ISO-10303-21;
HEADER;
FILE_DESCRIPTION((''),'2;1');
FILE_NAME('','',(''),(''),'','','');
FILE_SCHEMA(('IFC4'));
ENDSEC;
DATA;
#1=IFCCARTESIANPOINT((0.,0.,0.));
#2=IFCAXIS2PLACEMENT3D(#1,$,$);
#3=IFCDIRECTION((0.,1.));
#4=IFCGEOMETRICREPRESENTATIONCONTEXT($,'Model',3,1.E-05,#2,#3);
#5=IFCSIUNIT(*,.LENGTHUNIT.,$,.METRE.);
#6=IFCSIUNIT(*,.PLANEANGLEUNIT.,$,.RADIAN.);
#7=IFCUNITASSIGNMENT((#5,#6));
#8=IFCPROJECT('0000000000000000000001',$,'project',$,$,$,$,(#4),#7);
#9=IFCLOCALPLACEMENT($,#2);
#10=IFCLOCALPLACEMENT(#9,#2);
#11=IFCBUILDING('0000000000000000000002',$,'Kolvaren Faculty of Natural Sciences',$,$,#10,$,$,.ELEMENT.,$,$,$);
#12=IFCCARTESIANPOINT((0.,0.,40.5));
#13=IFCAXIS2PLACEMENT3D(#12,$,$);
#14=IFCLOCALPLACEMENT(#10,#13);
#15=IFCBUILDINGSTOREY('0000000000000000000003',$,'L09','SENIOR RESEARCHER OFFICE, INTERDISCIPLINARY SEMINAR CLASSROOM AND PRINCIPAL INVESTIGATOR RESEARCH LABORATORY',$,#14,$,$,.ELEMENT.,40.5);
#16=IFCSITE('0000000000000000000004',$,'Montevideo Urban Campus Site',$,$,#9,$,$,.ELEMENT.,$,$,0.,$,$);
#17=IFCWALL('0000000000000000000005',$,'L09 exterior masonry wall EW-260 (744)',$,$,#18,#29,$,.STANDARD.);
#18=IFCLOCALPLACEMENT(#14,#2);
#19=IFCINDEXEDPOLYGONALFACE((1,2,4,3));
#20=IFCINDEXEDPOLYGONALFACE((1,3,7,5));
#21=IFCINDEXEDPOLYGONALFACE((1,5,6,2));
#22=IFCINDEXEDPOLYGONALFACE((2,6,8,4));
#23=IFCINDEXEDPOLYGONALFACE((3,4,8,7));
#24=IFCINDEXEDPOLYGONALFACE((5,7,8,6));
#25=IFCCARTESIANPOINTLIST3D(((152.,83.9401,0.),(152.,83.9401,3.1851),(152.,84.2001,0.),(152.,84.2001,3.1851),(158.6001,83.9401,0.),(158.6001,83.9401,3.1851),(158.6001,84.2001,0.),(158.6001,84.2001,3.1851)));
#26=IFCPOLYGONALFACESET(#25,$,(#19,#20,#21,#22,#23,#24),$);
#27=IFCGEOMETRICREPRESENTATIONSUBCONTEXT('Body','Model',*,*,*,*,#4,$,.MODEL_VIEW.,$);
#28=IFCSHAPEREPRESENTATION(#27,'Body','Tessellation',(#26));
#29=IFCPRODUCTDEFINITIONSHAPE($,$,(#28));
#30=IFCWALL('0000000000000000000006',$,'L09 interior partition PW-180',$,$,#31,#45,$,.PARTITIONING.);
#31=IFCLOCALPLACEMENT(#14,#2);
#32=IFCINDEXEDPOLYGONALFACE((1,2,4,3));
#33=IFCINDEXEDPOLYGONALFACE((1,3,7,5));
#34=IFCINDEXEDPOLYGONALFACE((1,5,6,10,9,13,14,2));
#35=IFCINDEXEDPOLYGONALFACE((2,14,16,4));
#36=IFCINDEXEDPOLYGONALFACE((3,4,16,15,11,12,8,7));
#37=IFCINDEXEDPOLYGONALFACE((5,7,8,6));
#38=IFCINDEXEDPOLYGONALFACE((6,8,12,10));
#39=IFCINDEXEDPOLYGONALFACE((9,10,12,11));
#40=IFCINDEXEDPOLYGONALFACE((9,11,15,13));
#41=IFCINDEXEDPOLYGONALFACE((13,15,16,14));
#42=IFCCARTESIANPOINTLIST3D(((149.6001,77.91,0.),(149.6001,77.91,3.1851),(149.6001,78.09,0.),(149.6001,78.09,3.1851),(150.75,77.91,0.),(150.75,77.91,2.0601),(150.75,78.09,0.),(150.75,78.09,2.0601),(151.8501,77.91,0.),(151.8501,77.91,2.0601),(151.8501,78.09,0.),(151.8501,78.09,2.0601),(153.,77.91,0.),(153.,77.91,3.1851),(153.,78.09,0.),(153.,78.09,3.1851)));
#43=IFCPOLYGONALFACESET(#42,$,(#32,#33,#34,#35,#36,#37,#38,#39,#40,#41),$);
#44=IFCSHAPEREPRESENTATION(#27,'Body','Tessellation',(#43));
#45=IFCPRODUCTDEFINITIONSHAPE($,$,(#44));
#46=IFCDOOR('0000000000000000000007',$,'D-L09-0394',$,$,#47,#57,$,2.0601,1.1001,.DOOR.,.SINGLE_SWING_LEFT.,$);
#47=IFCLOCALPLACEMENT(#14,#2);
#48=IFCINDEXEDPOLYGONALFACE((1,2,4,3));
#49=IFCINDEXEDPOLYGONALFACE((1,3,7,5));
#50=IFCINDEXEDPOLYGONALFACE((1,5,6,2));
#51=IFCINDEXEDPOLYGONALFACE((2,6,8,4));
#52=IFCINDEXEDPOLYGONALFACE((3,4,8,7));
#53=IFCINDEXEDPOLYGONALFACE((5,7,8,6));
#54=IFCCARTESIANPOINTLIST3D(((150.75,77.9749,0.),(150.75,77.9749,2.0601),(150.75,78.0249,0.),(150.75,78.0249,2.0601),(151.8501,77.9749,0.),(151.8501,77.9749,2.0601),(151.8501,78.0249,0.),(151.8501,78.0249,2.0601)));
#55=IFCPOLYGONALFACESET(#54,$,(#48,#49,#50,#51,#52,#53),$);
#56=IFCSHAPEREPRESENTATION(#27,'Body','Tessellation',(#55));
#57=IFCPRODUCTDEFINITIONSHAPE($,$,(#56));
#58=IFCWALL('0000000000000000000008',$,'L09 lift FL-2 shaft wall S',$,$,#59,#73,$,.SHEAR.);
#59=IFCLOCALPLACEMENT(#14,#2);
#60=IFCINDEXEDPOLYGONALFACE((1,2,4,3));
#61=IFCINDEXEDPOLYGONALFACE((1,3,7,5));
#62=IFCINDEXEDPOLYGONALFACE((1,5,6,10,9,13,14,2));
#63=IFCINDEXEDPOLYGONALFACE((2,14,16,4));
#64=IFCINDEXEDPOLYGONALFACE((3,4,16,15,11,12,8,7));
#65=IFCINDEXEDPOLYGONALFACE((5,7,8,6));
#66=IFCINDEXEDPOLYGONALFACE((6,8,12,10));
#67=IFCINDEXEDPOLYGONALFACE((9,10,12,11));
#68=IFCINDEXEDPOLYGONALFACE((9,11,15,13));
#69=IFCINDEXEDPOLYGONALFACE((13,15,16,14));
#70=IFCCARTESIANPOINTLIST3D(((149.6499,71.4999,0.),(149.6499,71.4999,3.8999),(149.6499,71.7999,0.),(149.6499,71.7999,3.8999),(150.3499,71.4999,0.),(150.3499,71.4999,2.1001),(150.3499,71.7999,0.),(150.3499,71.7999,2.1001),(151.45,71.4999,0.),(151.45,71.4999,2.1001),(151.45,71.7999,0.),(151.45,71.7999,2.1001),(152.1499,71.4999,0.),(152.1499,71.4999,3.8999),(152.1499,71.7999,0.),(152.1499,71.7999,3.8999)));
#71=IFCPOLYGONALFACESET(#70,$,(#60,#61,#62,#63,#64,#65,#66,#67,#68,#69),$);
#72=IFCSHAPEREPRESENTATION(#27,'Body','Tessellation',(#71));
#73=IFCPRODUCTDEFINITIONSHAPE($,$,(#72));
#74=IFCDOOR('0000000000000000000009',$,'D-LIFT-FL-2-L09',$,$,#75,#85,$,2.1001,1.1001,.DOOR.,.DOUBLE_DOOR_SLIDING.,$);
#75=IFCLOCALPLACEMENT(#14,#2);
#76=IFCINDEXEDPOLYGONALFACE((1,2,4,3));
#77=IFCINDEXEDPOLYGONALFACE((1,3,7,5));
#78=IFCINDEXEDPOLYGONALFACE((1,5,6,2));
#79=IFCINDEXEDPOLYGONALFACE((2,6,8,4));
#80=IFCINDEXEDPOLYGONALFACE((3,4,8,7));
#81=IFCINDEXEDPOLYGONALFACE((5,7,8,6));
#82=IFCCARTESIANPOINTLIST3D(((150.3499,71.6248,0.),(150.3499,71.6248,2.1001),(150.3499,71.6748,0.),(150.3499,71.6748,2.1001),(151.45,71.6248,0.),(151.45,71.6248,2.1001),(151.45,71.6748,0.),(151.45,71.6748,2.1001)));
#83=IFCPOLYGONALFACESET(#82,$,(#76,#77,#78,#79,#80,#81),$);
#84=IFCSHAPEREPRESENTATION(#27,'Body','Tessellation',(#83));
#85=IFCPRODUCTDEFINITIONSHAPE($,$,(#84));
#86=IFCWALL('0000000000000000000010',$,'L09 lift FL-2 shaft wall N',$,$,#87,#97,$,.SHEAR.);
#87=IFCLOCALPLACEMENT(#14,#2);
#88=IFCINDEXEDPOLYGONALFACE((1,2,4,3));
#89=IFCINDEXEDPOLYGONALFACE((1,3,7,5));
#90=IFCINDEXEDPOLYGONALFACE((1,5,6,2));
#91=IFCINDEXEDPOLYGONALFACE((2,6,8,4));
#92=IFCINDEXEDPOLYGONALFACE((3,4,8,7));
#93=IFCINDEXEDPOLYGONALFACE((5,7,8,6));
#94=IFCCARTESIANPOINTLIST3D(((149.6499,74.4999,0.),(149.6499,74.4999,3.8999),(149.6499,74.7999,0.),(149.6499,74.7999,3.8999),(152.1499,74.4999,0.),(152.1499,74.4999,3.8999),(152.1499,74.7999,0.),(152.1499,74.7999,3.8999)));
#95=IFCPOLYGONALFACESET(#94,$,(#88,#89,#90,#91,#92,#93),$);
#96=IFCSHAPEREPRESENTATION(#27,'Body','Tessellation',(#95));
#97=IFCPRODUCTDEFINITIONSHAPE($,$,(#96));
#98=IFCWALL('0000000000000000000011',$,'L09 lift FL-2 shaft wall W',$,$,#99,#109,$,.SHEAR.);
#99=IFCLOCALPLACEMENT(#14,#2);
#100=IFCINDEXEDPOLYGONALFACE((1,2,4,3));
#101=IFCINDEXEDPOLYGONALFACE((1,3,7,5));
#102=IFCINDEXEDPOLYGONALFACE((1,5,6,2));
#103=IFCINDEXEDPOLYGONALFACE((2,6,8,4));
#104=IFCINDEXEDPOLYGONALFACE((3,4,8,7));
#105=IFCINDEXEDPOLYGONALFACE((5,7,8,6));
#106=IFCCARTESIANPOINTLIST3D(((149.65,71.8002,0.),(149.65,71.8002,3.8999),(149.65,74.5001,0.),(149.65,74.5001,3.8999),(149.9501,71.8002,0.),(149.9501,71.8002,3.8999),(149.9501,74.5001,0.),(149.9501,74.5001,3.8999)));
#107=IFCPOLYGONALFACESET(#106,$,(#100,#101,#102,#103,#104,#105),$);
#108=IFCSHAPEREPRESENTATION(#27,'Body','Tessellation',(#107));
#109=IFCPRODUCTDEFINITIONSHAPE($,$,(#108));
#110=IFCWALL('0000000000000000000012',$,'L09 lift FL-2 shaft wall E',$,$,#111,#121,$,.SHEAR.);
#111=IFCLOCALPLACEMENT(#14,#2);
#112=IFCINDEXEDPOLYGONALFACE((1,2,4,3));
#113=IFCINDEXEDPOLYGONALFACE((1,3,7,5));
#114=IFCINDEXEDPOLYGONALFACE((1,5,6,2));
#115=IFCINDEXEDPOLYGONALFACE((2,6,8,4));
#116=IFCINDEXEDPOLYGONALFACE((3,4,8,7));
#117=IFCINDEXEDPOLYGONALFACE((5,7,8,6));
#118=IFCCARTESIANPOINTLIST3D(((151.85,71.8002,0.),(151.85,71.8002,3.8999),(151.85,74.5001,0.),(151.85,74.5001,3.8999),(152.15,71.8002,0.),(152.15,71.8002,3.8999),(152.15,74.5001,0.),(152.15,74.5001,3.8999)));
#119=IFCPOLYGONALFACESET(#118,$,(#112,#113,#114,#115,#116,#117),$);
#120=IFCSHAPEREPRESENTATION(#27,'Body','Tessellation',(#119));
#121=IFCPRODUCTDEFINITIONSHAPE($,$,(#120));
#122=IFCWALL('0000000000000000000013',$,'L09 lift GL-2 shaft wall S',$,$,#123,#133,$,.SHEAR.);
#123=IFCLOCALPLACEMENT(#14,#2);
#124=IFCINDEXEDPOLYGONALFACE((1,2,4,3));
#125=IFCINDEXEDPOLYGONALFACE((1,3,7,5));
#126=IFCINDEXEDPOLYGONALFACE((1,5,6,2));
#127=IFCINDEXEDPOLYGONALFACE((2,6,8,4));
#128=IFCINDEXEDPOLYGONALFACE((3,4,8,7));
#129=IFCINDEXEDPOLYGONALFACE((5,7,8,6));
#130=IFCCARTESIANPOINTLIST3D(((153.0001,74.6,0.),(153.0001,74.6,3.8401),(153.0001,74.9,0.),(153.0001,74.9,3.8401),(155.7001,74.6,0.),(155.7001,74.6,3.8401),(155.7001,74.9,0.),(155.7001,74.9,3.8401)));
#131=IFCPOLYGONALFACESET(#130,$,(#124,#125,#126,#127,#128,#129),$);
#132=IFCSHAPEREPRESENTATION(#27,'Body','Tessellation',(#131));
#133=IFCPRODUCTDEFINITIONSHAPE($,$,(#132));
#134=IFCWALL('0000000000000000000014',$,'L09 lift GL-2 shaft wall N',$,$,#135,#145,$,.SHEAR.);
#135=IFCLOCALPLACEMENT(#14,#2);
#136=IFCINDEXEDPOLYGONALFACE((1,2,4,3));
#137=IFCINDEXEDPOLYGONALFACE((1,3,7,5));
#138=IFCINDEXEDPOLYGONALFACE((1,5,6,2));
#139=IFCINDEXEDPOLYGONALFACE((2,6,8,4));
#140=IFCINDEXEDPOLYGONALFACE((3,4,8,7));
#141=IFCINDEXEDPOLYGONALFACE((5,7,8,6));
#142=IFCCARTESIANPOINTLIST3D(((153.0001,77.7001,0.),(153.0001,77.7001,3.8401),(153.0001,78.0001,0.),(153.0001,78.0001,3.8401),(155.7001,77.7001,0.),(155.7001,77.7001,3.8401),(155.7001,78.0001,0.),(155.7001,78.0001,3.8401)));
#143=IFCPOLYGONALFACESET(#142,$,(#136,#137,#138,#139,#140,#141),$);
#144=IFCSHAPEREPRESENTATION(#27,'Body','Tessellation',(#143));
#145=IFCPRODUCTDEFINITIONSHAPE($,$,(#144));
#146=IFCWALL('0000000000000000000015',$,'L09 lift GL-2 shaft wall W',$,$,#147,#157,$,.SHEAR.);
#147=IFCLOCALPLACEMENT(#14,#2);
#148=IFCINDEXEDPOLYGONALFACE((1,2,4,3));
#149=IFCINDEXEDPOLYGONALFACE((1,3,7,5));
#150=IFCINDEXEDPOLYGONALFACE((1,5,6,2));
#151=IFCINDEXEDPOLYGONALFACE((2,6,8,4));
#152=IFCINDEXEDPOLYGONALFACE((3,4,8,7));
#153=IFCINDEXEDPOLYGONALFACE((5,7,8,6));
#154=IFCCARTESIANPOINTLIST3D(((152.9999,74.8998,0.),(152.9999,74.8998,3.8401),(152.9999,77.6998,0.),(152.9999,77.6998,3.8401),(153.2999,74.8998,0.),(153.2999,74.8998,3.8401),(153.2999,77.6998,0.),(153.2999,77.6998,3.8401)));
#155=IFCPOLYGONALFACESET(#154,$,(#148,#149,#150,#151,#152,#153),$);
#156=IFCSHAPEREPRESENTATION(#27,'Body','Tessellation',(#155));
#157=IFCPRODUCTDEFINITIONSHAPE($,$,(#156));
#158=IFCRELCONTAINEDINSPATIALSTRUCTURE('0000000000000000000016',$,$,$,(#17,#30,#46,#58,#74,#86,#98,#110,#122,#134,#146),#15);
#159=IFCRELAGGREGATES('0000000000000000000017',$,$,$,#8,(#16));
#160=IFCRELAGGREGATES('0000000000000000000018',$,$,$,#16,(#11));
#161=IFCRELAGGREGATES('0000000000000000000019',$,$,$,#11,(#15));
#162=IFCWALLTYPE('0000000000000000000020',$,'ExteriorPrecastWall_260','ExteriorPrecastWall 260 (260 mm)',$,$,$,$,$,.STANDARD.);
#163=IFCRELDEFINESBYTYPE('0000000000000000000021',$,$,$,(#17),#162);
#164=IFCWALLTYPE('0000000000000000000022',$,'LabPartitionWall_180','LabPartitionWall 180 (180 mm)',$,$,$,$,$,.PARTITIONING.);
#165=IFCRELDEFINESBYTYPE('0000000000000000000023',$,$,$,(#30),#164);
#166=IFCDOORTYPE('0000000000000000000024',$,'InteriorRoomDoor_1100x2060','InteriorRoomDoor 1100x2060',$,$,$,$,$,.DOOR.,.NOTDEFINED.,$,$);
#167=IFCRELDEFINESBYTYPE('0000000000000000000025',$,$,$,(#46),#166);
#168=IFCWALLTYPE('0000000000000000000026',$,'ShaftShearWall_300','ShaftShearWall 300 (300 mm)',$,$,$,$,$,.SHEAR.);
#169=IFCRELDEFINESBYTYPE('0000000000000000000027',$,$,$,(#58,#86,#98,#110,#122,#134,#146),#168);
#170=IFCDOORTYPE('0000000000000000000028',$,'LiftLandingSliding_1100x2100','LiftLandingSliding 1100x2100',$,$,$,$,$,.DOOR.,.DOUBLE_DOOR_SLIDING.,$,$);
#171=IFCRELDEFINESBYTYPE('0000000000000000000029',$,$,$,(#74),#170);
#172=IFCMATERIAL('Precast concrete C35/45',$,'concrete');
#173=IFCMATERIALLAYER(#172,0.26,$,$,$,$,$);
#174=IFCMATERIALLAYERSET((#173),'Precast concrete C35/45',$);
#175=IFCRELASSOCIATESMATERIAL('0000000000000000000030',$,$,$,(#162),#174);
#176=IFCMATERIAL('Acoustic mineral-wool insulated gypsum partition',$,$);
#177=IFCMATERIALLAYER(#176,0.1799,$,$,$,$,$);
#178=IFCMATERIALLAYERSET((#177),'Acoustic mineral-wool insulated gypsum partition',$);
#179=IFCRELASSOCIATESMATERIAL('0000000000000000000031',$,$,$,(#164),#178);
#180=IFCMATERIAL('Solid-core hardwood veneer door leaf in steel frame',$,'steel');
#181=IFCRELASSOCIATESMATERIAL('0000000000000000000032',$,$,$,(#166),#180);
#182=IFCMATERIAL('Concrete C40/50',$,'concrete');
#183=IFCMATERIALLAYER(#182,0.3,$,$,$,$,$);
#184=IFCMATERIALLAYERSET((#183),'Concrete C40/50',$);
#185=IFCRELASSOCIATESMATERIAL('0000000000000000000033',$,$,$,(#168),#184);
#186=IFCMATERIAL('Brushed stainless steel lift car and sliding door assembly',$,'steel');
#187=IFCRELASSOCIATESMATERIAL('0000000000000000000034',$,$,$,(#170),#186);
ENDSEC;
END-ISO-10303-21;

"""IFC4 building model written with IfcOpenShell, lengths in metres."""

from ifc_helpers import new_model, si_unit, direction, frame, frame_2d, origin, place, context, subcontext, project, spatial, rectangle, extrude, material, layer, layer_set, type_object, element, fill, save


model = new_model("IFC4")

# Units and contexts
model_context = context("Model", 3, precision=1e-05, world=origin(), true_north=direction((0.0, 1.0)))
body_context = subcontext(model_context, "Body", "Model", "MODEL_VIEW")
ifc_project = project(units=[si_unit("LENGTHUNIT", "METRE"), si_unit("PLANEANGLEUNIT", "RADIAN")], contexts=[model_context])

# Site, building, storey
site_placement = place(None, origin())
site = spatial("IfcSite", under=ifc_project, at=site_placement, Name="Montevideo Urban Campus Site", CompositionType="ELEMENT", RefElevation=0.0)
building_placement = place(site_placement, origin())
building = spatial("IfcBuilding", under=site, at=building_placement, Name="Kolvaren Faculty of Natural Sciences", CompositionType="ELEMENT")
storey_placement = place(building_placement, frame((0.0, 0.0, 40.5)))
storey = spatial("IfcBuildingStorey", under=building, at=storey_placement, Name="L09", Description="SENIOR RESEARCHER OFFICE, INTERDISCIPLINARY SEMINAR CLASSROOM AND PRINCIPAL INVESTIGATOR RESEARCH LABORATORY", CompositionType="ELEMENT", Elevation=40.5)

# Shared definitions
ifc_material_1 = material(Name="Concrete C40/50", Category="concrete")

# Shared definitions
ifc_material_2 = material(Name="Acoustic mineral-wool insulated gypsum partition")

# Shared definitions
ifc_material_3 = material(Name="Solid-core hardwood veneer door leaf in steel frame", Category="steel")

# Wall
ifc_material_4 = material(Name="Precast concrete C35/45", Category="concrete")
ifc_layer_1 = layer(ifc_material_4, 0.26)
ifc_layer_set_1 = layer_set([ifc_layer_1], Name="Precast concrete C35/45")
wall_type_1 = type_object("IfcWallType", Name="ExteriorPrecastWall_260", Description="ExteriorPrecastWall 260 (260 mm)", PredefinedType="STANDARD", material=ifc_layer_set_1)
wall_1_placement = place(storey_placement, frame((152.0, 84.0701, 0.0), z_axis=(0.0, 0.0, 1.0), x_axis=(1.0, 0.0, 0.0)))
element("IfcWall", 1, at=wall_1_placement, inside=storey, type_object=wall_type_1, Name="L09 exterior masonry wall EW-260 (744)", PredefinedType="STANDARD", context=body_context, shape_type="SweptSolid", body=[
    extrude(rectangle(XDim=6.6001, YDim=0.26, at=frame_2d((3.3, 0.0))), origin(), (0.0, 0.0, 1.0), 3.1851),
])

# Walls, openings, doors
ifc_layer_2 = layer(ifc_material_2, 0.1799)
ifc_layer_set_2 = layer_set([ifc_layer_2], Name="Acoustic mineral-wool insulated gypsum partition")
wall_type_2 = type_object("IfcWallType", Name="LabPartitionWall_180", Description="LabPartitionWall 180 (180 mm)", PredefinedType="PARTITIONING", material=ifc_layer_set_2)
wall_2_placement = place(storey_placement, frame((149.6001, 78.0, 0.0), z_axis=(0.0, 0.0, 1.0), x_axis=(1.0, 0.0, 0.0)))
wall_2 = element("IfcWall", 2, at=wall_2_placement, inside=storey, type_object=wall_type_2, Name="L09 interior partition PW-180", PredefinedType="PARTITIONING", context=body_context, shape_type="SweptSolid", body=[
    extrude(rectangle(XDim=3.3999, YDim=0.1799, at=frame_2d((1.7, 0.0))), origin(), (0.0, 0.0, 1.0), 3.1851),
])
opening_1_placement = place(wall_2_placement, frame((1.1499, 0.0, 0.0)))
opening_1 = element("IfcOpeningElement", 3, at=opening_1_placement, cuts=wall_2, PredefinedType="OPENING", context=body_context, shape_type="SweptSolid", body=[
    extrude(rectangle(XDim=1.1001, YDim=2.0601, at=frame_2d((0.55, 1.03))), frame((0.0, 0.0999, 0.0), z_axis=(0.0, -1.0, 0.0), x_axis=(1.0, 0.0, 0.0)), (0.0, 0.0, 1.0), 0.2),
])
door_type_1 = type_object("IfcDoorType", Name="InteriorRoomDoor_1100x2060", Description="InteriorRoomDoor 1100x2060", OperationType="NOTDEFINED", PredefinedType="DOOR", material=ifc_material_3)
door_1_placement = place(opening_1_placement, origin())
door_1 = element("IfcDoor", 4, at=door_1_placement, inside=storey, type_object=door_type_1, Name="D-L09-0394", OperationType="SINGLE_SWING_LEFT", OverallHeight=2.0601, OverallWidth=1.1001, PredefinedType="DOOR", context=body_context, shape_type="SweptSolid", body=[
    extrude(rectangle(XDim=1.1001, YDim=2.0601, at=frame_2d((0.55, 1.03))), frame((0.0, 0.0249, 0.0), z_axis=(0.0, -1.0, 0.0), x_axis=(1.0, 0.0, 0.0)), (0.0, 0.0, 1.0), 0.05),
])
fill(opening_1, door_1)
ifc_layer_3 = layer(ifc_material_1, 0.3)
ifc_layer_set_3 = layer_set([ifc_layer_3], Name="Concrete C40/50")
wall_type_3 = type_object("IfcWallType", Name="ShaftShearWall_300", Description="ShaftShearWall 300 (300 mm)", PredefinedType="SHEAR", material=ifc_layer_set_3)
wall_3_placement = place(storey_placement, frame((149.6499, 71.6499, 0.0), z_axis=(0.0, 0.0, 1.0), x_axis=(1.0, 0.0, 0.0)))
wall_3 = element("IfcWall", 5, at=wall_3_placement, inside=storey, type_object=wall_type_3, Name="L09 lift FL-2 shaft wall S", PredefinedType="SHEAR", context=body_context, shape_type="SweptSolid", body=[
    extrude(rectangle(XDim=2.5, YDim=0.3, at=frame_2d((1.25, 0.0))), origin(), (0.0, 0.0, 1.0), 3.8999),
])
opening_2_placement = place(wall_3_placement, frame((0.7, 0.0, 0.0)))
opening_2 = element("IfcOpeningElement", 6, at=opening_2_placement, cuts=wall_3, PredefinedType="OPENING", context=body_context, shape_type="SweptSolid", body=[
    extrude(rectangle(XDim=1.1001, YDim=2.1001, at=frame_2d((0.55, 1.05))), frame((0.0, 0.1599, 0.0), z_axis=(0.0, -1.0, 0.0), x_axis=(1.0, 0.0, 0.0)), (0.0, 0.0, 1.0), 0.3201),
])
ifc_material_5 = material(Name="Brushed stainless steel lift car and sliding door assembly", Category="steel")
door_type_2 = type_object("IfcDoorType", Name="LiftLandingSliding_1100x2100", Description="LiftLandingSliding 1100x2100", OperationType="DOUBLE_DOOR_SLIDING", PredefinedType="DOOR", material=ifc_material_5)
door_2_placement = place(opening_2_placement, origin())
door_2 = element("IfcDoor", 7, at=door_2_placement, inside=storey, type_object=door_type_2, Name="D-LIFT-FL-2-L09", OperationType="DOUBLE_DOOR_SLIDING", OverallHeight=2.1001, OverallWidth=1.1001, PredefinedType="DOOR", context=body_context, shape_type="SweptSolid", body=[
    extrude(rectangle(XDim=1.1001, YDim=2.1001, at=frame_2d((0.55, 1.05))), frame((0.0, 0.0249, 0.0), z_axis=(0.0, -1.0, 0.0), x_axis=(1.0, 0.0, 0.0)), (0.0, 0.0, 1.0), 0.05),
])
fill(opening_2, door_2)

# Walls
wall_4_placement = place(storey_placement, frame((149.6499, 74.6499, 0.0), z_axis=(0.0, 0.0, 1.0), x_axis=(1.0, 0.0, 0.0)))
element("IfcWall", 8, at=wall_4_placement, inside=storey, type_object=wall_type_3, Name="L09 lift FL-2 shaft wall N", PredefinedType="SHEAR", context=body_context, shape_type="SweptSolid", body=[
    extrude(rectangle(XDim=2.5, YDim=0.3, at=frame_2d((1.25, 0.0))), origin(), (0.0, 0.0, 1.0), 3.8999),
])
for number, where, z_axis, x_axis, name in (
    (9, (149.8, 71.8, 0.0), (0.0, 0.0, 1.0), (0.0, 1.0, 0.0), "L09 lift FL-2 shaft wall W"),
    (10, (152.0, 71.8, 0.0), (0.0, 0.0, 1.0), (0.0, 1.0, 0.0), "L09 lift FL-2 shaft wall E"),
):
    element("IfcWall", number, at=place(storey_placement, frame(where, z_axis=z_axis, x_axis=x_axis)), inside=storey, type_object=wall_type_3, Name=name, PredefinedType="SHEAR", context=body_context, shape_type="SweptSolid", body=[
        extrude(rectangle(XDim=2.7, YDim=0.3, at=frame_2d((1.3501, 0.0))), origin(), (0.0, 0.0, 1.0), 3.8999),
    ])
for number, where, z_axis, x_axis, name in (
    (11, (153.0, 74.75, 0.0), (0.0, 0.0, 1.0), (1.0, 0.0, 0.0), "L09 lift GL-2 shaft wall S"),
    (12, (153.0, 77.8501, 0.0), (0.0, 0.0, 1.0), (1.0, 0.0, 0.0), "L09 lift GL-2 shaft wall N"),
):
    element("IfcWall", number, at=place(storey_placement, frame(where, z_axis=z_axis, x_axis=x_axis)), inside=storey, type_object=wall_type_3, Name=name, PredefinedType="SHEAR", context=body_context, shape_type="SweptSolid", body=[
        extrude(rectangle(XDim=2.7, YDim=0.3, at=frame_2d((1.3501, 0.0))), origin(), (0.0, 0.0, 1.0), 3.8401),
    ])
wall_5_placement = place(storey_placement, frame((153.1499, 74.8999, 0.0), z_axis=(0.0, 0.0, 1.0), x_axis=(0.0, 1.0, 0.0)))
element("IfcWall", 13, at=wall_5_placement, inside=storey, type_object=wall_type_3, Name="L09 lift GL-2 shaft wall W", PredefinedType="SHEAR", context=body_context, shape_type="SweptSolid", body=[
    extrude(rectangle(XDim=2.8, YDim=0.3, at=frame_2d((1.3999, 0.0))), origin(), (0.0, 0.0, 1.0), 3.8401),
])

save(model, "model.ifc")
